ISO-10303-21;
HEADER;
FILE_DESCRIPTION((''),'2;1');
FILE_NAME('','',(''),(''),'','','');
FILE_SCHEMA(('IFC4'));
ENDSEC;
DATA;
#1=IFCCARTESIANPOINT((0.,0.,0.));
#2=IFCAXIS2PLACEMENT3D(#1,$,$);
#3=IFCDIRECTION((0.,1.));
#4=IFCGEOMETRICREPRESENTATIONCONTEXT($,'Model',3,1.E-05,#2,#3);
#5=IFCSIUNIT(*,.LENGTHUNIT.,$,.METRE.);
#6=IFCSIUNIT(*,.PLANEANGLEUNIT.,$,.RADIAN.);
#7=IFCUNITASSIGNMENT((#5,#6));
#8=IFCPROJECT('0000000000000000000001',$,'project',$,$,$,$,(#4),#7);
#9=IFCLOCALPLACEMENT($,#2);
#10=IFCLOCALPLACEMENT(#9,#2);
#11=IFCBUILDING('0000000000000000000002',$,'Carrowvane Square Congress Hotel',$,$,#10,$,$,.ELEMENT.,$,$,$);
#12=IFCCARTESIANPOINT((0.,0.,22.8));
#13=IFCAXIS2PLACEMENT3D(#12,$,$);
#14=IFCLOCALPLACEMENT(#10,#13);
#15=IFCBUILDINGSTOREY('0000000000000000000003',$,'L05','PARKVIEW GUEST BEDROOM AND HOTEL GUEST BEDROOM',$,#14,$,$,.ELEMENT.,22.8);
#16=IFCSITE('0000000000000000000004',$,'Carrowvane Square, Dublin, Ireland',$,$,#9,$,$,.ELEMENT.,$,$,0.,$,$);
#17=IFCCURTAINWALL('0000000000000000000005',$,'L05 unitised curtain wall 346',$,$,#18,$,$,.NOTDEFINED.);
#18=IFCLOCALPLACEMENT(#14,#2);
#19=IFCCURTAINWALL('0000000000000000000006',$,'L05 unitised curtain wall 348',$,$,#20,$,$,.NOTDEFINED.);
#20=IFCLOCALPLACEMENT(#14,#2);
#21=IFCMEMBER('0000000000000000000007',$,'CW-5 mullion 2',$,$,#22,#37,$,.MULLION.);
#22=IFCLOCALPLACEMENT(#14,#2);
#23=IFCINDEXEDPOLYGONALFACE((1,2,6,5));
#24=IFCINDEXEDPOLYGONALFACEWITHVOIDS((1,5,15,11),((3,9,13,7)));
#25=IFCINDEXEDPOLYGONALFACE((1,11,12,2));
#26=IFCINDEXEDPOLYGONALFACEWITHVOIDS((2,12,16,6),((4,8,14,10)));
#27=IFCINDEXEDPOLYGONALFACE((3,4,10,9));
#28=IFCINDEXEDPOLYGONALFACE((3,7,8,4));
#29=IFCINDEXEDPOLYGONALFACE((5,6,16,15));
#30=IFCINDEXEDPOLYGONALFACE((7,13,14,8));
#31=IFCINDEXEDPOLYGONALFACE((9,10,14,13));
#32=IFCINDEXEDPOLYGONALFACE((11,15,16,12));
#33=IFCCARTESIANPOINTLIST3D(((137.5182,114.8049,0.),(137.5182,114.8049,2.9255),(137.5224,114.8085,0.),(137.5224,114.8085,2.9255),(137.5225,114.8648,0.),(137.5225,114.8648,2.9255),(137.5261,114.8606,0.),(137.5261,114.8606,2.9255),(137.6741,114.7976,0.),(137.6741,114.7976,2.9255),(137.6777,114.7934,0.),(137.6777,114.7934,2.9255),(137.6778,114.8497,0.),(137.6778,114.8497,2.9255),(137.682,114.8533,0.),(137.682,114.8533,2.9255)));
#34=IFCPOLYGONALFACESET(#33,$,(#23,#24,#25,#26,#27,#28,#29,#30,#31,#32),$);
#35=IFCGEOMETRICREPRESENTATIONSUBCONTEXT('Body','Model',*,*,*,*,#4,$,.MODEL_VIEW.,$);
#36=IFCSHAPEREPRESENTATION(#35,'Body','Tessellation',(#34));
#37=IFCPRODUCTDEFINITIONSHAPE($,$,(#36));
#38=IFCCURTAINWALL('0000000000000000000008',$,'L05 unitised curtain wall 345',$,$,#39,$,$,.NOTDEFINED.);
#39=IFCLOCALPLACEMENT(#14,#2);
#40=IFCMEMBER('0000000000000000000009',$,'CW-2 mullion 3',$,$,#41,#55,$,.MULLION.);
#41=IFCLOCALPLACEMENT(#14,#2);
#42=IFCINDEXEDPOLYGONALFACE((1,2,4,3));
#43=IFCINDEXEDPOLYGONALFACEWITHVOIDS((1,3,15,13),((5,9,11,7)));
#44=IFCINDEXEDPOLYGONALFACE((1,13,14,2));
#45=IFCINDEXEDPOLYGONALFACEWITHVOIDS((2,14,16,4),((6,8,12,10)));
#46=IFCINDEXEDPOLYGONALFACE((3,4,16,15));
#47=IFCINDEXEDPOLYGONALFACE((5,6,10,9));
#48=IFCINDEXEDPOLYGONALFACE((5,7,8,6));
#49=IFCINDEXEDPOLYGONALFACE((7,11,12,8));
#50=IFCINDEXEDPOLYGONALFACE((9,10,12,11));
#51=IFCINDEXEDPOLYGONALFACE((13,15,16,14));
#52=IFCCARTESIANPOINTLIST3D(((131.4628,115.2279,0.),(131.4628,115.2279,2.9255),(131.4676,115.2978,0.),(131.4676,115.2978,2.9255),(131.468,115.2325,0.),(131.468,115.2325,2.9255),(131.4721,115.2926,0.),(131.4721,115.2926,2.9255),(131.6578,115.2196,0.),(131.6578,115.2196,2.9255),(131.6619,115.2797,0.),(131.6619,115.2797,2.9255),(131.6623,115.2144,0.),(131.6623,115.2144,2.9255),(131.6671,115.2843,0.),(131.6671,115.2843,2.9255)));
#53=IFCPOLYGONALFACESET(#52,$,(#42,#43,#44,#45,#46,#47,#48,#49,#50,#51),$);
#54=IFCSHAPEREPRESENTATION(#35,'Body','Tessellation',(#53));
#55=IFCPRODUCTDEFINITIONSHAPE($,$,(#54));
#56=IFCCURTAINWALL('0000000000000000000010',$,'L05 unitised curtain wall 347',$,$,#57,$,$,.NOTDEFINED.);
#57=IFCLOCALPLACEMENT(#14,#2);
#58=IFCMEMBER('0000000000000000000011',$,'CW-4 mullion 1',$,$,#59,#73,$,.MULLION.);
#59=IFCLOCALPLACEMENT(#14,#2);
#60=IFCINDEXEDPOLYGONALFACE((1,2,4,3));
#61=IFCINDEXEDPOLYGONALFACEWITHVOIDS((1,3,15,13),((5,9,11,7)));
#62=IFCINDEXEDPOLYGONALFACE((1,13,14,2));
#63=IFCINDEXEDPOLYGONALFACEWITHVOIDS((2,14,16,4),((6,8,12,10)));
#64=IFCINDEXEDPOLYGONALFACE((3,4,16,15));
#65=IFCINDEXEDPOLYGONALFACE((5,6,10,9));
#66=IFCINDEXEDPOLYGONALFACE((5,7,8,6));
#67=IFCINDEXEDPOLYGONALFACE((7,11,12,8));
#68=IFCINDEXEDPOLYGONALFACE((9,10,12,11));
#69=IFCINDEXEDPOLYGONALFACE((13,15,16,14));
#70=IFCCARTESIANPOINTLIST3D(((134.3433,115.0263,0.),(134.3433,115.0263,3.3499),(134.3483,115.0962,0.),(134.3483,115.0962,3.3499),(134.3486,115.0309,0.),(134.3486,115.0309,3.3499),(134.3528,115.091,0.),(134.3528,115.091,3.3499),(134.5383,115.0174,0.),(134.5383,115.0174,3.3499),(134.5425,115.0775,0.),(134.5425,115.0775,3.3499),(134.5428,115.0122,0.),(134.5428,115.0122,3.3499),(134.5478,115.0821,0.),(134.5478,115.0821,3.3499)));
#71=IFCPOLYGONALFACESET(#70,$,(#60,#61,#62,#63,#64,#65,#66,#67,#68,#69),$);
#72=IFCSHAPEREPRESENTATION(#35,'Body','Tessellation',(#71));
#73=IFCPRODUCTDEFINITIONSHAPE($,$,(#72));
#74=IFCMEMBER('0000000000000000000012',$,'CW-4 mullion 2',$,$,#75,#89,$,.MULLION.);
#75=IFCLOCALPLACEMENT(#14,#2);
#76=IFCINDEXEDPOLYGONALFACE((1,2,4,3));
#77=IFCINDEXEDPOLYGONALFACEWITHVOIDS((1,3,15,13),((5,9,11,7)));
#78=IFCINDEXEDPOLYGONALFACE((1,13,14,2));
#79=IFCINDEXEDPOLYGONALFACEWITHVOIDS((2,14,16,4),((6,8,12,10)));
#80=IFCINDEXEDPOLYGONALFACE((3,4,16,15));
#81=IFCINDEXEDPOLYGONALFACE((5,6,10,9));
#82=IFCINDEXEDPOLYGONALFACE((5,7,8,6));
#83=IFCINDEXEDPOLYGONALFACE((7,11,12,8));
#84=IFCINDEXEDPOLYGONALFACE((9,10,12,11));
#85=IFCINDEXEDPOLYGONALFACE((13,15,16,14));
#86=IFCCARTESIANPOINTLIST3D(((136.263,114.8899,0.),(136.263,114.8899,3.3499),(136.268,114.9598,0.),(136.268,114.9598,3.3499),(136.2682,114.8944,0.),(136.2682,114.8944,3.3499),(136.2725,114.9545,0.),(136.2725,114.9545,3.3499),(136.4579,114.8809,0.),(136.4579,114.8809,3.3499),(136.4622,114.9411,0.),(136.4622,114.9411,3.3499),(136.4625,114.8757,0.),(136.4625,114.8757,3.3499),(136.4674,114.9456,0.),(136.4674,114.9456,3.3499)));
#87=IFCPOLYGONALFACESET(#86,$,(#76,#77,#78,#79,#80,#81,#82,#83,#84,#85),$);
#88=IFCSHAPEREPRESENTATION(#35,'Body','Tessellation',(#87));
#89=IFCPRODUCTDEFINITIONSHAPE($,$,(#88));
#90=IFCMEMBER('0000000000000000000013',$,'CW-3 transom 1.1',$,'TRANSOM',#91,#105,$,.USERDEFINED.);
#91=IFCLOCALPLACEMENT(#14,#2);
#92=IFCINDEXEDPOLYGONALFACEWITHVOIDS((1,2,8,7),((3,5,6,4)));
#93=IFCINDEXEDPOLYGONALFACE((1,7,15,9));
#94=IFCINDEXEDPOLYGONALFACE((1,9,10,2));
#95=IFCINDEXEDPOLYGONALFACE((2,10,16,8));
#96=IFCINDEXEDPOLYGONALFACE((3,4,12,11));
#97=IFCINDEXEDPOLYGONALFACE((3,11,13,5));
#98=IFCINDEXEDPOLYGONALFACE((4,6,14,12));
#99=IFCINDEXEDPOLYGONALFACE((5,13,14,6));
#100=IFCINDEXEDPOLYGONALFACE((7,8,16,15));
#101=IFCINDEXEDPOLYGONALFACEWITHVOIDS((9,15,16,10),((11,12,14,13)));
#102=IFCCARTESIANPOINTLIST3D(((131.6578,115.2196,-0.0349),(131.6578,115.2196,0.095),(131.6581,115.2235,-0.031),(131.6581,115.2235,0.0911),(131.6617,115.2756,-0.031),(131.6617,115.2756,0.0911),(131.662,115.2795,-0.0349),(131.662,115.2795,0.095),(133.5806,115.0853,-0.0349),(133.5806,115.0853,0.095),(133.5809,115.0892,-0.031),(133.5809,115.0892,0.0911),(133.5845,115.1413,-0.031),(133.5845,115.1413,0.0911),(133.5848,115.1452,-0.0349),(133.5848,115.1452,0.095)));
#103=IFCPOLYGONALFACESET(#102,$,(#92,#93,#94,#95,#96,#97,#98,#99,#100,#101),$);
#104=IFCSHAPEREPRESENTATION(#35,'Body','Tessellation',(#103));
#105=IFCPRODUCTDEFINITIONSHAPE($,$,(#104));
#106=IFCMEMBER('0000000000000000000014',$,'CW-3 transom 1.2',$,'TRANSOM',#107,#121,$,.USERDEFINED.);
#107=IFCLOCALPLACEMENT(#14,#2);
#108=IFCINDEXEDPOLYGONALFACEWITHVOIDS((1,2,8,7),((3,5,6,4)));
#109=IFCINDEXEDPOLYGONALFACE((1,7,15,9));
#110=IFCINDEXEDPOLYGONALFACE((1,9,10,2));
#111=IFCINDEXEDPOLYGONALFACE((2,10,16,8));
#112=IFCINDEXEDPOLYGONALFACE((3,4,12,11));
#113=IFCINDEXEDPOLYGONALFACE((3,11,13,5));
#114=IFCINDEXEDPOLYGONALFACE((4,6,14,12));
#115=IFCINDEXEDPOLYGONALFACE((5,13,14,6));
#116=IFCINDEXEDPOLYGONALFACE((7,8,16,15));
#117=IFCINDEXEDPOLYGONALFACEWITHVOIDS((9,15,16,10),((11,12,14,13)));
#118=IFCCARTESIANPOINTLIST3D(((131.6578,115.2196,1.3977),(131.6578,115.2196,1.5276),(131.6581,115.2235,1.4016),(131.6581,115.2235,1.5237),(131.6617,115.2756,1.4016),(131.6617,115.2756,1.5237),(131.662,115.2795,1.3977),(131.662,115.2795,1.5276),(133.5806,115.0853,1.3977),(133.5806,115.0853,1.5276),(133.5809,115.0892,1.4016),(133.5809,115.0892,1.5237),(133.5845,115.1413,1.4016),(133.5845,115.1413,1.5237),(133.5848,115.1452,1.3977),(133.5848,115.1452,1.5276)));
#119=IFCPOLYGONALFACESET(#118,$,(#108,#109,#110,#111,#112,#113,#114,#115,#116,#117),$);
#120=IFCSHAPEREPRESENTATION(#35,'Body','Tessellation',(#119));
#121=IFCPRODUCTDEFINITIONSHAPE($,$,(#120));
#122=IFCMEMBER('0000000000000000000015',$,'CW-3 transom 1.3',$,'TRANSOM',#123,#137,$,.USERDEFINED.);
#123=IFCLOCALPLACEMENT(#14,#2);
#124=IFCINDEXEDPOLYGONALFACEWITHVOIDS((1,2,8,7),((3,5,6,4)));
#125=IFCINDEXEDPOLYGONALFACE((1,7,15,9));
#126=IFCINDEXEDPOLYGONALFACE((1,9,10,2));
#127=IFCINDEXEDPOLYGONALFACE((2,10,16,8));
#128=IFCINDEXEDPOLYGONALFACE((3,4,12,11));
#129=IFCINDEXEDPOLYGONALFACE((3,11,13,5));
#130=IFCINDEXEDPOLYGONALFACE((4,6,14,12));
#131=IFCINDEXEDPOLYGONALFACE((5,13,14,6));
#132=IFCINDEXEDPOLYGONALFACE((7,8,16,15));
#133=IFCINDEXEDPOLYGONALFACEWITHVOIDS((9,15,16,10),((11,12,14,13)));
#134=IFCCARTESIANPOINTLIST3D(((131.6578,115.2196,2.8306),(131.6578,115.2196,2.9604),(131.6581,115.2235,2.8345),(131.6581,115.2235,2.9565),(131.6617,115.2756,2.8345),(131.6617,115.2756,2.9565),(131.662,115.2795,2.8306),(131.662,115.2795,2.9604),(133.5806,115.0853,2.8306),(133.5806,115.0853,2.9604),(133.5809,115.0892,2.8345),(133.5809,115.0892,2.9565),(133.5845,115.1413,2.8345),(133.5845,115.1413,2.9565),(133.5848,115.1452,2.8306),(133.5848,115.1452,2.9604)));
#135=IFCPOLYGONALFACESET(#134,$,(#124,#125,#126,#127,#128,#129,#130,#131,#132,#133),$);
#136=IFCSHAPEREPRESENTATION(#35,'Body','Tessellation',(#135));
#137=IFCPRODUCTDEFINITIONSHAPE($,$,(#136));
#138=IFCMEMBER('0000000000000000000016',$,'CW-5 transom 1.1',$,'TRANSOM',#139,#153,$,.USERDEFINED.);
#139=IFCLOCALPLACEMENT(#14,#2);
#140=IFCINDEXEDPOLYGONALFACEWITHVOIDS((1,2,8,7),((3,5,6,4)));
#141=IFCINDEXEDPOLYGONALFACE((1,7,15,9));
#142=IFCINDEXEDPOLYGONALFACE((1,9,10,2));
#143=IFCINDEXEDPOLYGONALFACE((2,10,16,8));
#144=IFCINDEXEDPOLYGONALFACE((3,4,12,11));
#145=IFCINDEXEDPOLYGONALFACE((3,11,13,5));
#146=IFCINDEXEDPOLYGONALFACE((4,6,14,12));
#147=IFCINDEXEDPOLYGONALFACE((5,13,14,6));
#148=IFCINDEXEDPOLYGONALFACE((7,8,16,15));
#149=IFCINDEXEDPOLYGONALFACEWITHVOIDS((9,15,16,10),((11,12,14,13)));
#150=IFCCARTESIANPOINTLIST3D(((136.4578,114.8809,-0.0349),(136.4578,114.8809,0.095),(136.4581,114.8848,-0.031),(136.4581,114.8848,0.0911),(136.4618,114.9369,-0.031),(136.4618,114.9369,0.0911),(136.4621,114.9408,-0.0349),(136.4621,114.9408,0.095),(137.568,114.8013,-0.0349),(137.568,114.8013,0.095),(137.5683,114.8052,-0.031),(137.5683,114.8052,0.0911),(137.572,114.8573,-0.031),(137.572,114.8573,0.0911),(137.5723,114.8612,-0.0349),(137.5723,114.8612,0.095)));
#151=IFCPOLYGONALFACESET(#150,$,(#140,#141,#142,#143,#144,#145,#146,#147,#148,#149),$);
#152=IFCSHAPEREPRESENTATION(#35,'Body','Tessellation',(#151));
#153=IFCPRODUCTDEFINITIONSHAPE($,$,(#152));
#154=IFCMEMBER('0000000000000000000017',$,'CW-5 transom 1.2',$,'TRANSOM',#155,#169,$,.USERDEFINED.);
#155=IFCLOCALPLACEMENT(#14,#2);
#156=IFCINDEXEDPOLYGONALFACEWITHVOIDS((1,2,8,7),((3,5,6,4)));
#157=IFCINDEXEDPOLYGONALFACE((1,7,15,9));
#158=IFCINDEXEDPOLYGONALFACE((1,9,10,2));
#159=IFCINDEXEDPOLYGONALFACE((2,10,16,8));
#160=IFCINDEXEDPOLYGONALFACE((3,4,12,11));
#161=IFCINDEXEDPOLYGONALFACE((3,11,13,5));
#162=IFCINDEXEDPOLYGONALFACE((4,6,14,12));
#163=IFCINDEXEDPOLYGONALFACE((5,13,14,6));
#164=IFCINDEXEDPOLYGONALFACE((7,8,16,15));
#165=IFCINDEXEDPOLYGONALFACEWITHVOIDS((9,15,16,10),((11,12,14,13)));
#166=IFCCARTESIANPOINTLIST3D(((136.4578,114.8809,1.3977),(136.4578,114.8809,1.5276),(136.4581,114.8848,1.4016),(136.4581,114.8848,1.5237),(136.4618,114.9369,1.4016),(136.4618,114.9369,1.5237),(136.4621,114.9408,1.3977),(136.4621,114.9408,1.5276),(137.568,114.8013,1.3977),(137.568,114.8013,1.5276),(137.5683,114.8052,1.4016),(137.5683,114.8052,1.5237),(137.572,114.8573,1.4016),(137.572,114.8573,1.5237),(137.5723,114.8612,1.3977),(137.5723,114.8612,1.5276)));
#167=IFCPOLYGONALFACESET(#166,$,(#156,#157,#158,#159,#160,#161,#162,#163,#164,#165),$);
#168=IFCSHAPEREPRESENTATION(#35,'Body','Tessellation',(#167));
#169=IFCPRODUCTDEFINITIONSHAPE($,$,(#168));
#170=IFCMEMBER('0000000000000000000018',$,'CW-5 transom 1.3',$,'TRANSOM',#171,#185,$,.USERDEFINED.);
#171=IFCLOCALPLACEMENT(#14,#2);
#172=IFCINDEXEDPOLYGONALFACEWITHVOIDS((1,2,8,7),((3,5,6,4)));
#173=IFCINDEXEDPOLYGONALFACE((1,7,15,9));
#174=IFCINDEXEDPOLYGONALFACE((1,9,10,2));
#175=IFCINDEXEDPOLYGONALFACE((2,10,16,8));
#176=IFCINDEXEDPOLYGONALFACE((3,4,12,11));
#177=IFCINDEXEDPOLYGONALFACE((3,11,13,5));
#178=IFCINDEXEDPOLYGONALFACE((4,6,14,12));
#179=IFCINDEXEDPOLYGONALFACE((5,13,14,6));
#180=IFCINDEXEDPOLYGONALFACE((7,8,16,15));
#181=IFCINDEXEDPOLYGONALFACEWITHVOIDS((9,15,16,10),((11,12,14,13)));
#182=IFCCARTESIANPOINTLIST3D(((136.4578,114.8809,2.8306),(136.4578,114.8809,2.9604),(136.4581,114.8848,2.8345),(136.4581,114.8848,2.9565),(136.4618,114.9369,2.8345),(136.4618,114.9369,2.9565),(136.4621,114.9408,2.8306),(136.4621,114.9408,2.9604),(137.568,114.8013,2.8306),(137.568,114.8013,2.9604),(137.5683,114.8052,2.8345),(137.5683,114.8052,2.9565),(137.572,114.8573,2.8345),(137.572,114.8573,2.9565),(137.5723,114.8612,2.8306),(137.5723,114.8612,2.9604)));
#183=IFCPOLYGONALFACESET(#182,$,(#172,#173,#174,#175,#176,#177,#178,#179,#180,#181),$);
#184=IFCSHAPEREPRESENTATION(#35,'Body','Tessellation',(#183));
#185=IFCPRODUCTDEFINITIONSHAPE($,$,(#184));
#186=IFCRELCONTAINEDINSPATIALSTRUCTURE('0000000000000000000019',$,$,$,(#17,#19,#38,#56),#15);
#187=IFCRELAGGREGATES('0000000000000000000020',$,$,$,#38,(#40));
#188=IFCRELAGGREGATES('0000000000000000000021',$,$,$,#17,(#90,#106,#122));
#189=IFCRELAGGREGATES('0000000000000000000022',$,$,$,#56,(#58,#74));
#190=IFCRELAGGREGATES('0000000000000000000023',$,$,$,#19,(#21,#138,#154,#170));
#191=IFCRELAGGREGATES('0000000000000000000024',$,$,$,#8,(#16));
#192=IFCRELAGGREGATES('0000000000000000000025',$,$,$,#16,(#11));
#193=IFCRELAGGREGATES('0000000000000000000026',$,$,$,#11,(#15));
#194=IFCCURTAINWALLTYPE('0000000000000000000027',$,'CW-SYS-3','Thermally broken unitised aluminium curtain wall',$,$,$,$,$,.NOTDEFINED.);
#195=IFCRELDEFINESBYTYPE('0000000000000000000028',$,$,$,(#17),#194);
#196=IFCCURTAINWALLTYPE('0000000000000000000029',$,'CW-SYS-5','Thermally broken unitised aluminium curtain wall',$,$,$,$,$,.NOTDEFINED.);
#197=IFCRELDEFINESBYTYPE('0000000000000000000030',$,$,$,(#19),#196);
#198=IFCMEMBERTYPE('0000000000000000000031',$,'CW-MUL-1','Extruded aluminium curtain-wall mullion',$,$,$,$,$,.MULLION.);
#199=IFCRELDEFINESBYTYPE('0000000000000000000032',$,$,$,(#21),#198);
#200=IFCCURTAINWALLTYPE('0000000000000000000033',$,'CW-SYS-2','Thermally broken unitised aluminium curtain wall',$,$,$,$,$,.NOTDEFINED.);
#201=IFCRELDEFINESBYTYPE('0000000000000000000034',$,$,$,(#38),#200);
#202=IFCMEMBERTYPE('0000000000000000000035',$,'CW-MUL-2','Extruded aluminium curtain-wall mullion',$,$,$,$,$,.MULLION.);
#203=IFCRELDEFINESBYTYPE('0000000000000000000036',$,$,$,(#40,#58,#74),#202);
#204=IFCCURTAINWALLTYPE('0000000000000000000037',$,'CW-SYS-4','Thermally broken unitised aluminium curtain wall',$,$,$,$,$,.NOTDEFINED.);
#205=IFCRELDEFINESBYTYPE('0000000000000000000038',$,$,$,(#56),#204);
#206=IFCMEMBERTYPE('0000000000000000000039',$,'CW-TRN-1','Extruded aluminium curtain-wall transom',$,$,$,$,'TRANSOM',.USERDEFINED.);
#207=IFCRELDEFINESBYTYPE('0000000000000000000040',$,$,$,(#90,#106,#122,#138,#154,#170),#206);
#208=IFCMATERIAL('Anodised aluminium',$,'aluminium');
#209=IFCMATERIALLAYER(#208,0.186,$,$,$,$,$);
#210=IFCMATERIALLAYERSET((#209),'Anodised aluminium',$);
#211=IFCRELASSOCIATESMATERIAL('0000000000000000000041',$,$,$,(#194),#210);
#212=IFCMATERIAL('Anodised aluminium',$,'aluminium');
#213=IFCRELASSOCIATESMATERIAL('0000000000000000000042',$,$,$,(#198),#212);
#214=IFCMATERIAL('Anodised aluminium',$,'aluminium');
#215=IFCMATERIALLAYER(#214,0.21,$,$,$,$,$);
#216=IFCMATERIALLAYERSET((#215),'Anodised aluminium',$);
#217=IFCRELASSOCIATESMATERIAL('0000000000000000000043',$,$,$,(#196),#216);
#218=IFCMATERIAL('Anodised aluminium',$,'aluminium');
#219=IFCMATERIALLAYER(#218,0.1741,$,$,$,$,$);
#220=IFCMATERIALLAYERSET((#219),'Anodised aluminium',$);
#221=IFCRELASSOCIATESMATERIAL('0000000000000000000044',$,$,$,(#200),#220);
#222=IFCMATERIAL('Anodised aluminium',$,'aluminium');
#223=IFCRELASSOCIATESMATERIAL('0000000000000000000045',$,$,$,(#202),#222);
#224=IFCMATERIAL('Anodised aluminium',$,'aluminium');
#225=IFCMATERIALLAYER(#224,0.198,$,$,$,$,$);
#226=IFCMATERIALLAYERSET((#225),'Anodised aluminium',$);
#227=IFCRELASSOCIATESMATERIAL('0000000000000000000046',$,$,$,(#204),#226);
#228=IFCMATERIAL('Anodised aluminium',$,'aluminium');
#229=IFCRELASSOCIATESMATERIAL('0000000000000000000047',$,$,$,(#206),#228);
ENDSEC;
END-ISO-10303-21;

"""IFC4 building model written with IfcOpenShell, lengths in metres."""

from ifc_helpers import new_model, si_unit, direction, frame, origin, origin_2d, place, context, subcontext, project, spatial, hollow_rectangle, extrude, material, layer, layer_set, material_profile, profile_set, type_object, element, aggregate, save


model = new_model("IFC4")

# Units and contexts
model_context = context("Model", 3, precision=1e-05, world=origin(), true_north=direction((0.0, 1.0)))
body_context = subcontext(model_context, "Body", "Model", "MODEL_VIEW")
ifc_project = project(units=[si_unit("LENGTHUNIT", "METRE"), si_unit("PLANEANGLEUNIT", "RADIAN")], contexts=[model_context])

# Site, building, storey
site_placement = place(None, origin())
site = spatial("IfcSite", under=ifc_project, at=site_placement, Name="Carrowvane Square, Dublin, Ireland", CompositionType="ELEMENT", RefElevation=0.0)
building_placement = place(site_placement, origin())
building = spatial("IfcBuilding", under=site, at=building_placement, Name="Carrowvane Square Congress Hotel", CompositionType="ELEMENT")
storey_placement = place(building_placement, frame((0.0, 0.0, 22.8)))
storey = spatial("IfcBuildingStorey", under=building, at=storey_placement, Name="L05", Description="PARKVIEW GUEST BEDROOM AND HOTEL GUEST BEDROOM", CompositionType="ELEMENT", Elevation=22.8)

# Curtain walls, member
ifc_material_1 = material(Name="Anodised aluminium", Category="aluminium")
ifc_layer_1 = layer(ifc_material_1, 0.186)
ifc_layer_set_1 = layer_set([ifc_layer_1], Name="Anodised aluminium")
curtain_wall_type_1 = type_object("IfcCurtainWallType", Name="CW-SYS-3", Description="Thermally broken unitised aluminium curtain wall", PredefinedType="NOTDEFINED", material=ifc_layer_set_1)
curtain_wall_1_placement = place(storey_placement, origin())
curtain_wall_1 = element("IfcCurtainWall", 1, at=curtain_wall_1_placement, inside=storey, type_object=curtain_wall_type_1, Name="L05 unitised curtain wall 346", PredefinedType="NOTDEFINED")
ifc_material_2 = material(Name="Anodised aluminium", Category="aluminium")
ifc_material_profile_1 = material_profile(ifc_material_2, hollow_rectangle(XDim=0.0601, YDim=0.1599, WallThickness=0.0039, at=origin_2d()), Name="CW-ML 60x160x4")
ifc_profile_set_1 = profile_set([ifc_material_profile_1], Name="Anodised aluminium")
member_type_1 = type_object("IfcMemberType", Name="CW-MUL-1", Description="Extruded aluminium curtain-wall mullion", PredefinedType="MULLION", material=ifc_profile_set_1)
ifc_material_3 = material(Name="Anodised aluminium", Category="aluminium")
ifc_layer_2 = layer(ifc_material_3, 0.21)
ifc_layer_set_2 = layer_set([ifc_layer_2], Name="Anodised aluminium")
curtain_wall_type_2 = type_object("IfcCurtainWallType", Name="CW-SYS-5", Description="Thermally broken unitised aluminium curtain wall", PredefinedType="NOTDEFINED", material=ifc_layer_set_2)
curtain_wall_2_placement = place(storey_placement, origin())
curtain_wall_2 = element("IfcCurtainWall", 2, at=curtain_wall_2_placement, inside=storey, type_object=curtain_wall_type_2, Name="L05 unitised curtain wall 348", PredefinedType="NOTDEFINED")
member_1_placement = place(storey_placement, frame((137.6001, 114.8291, 0.0), z_axis=(0.0, 0.0, 1.0), x_axis=(0.071532, 0.997438, 0.0)))
member_1 = element("IfcMember", 3, at=member_1_placement, type_object=member_type_1, Name="CW-5 mullion 2", PredefinedType="MULLION", context=body_context, shape_type="SweptSolid", body=[
    extrude(hollow_rectangle(XDim=0.0601, YDim=0.1599, WallThickness=0.0039, at=origin_2d()), origin(), (0.0, 0.0, 1.0), 2.9255),
])

# Curtain wall, member
ifc_material_4 = material(Name="Anodised aluminium", Category="aluminium")
ifc_layer_3 = layer(ifc_material_4, 0.1741)
ifc_layer_set_3 = layer_set([ifc_layer_3], Name="Anodised aluminium")
curtain_wall_type_3 = type_object("IfcCurtainWallType", Name="CW-SYS-2", Description="Thermally broken unitised aluminium curtain wall", PredefinedType="NOTDEFINED", material=ifc_layer_set_3)
curtain_wall_3_placement = place(storey_placement, origin())
curtain_wall_3 = element("IfcCurtainWall", 4, at=curtain_wall_3_placement, inside=storey, type_object=curtain_wall_type_3, Name="L05 unitised curtain wall 345", PredefinedType="NOTDEFINED")
ifc_material_5 = material(Name="Anodised aluminium", Category="aluminium")
ifc_material_profile_2 = material_profile(ifc_material_5, hollow_rectangle(XDim=0.0701, YDim=0.2, WallThickness=0.0049, at=origin_2d()), Name="CW-ML 70x200x5")
ifc_profile_set_2 = profile_set([ifc_material_profile_2], Name="Anodised aluminium")
member_type_2 = type_object("IfcMemberType", Name="CW-MUL-2", Description="Extruded aluminium curtain-wall mullion", PredefinedType="MULLION", material=ifc_profile_set_2)
member_2_placement = place(storey_placement, frame((131.5649, 115.2561, 0.0), z_axis=(0.0, 0.0, 1.0), x_axis=(0.06787, 0.997694, 0.0)))
member_2 = element("IfcMember", 5, at=member_2_placement, type_object=member_type_2, Name="CW-2 mullion 3", PredefinedType="MULLION", context=body_context, shape_type="SweptSolid", body=[
    extrude(hollow_rectangle(XDim=0.0701, YDim=0.2, WallThickness=0.0049, at=origin_2d()), origin(), (0.0, 0.0, 1.0), 2.9255),
])

# Curtain wall, members
ifc_material_6 = material(Name="Anodised aluminium", Category="aluminium")
ifc_layer_4 = layer(ifc_material_6, 0.198)
ifc_layer_set_4 = layer_set([ifc_layer_4], Name="Anodised aluminium")
curtain_wall_type_4 = type_object("IfcCurtainWallType", Name="CW-SYS-4", Description="Thermally broken unitised aluminium curtain wall", PredefinedType="NOTDEFINED", material=ifc_layer_set_4)
curtain_wall_4_placement = place(storey_placement, origin())
curtain_wall_4 = element("IfcCurtainWall", 6, at=curtain_wall_4_placement, inside=storey, type_object=curtain_wall_type_4, Name="L05 unitised curtain wall 347", PredefinedType="NOTDEFINED")
member_3_placement = place(storey_placement, frame((134.4456, 115.0542, 0.0), z_axis=(0.0, 0.0, 1.0), x_axis=(0.07096, 0.997479, 0.0)))
member_3 = element("IfcMember", 7, at=member_3_placement, type_object=member_type_2, Name="CW-4 mullion 1", PredefinedType="MULLION", context=body_context, shape_type="SweptSolid", body=[
    extrude(hollow_rectangle(XDim=0.0701, YDim=0.2, WallThickness=0.0049, at=origin_2d()), origin(), (0.0, 0.0, 1.0), 3.3499),
])
member_4_placement = place(storey_placement, frame((136.3652, 114.9177, 0.0), z_axis=(0.0, 0.0, 1.0), x_axis=(0.07096, 0.997479, 0.0)))
member_4 = element("IfcMember", 8, at=member_4_placement, type_object=member_type_2, Name="CW-4 mullion 2", PredefinedType="MULLION", context=body_context, shape_type="SweptSolid", body=[
    extrude(hollow_rectangle(XDim=0.0701, YDim=0.2, WallThickness=0.0049, at=origin_2d()), origin(), (0.0, 0.0, 1.0), 3.3499),
])

# Members
ifc_material_7 = material(Name="Anodised aluminium", Category="aluminium")
ifc_material_profile_3 = material_profile(ifc_material_7, hollow_rectangle(XDim=0.0601, YDim=0.1299, WallThickness=0.0039, at=origin_2d()), Name="CW-TR 60x130x4")
ifc_profile_set_3 = profile_set([ifc_material_profile_3], Name="Anodised aluminium")
member_type_3 = type_object("IfcMemberType", Name="CW-TRN-1", Description="Extruded aluminium curtain-wall transom", ElementType="TRANSOM", PredefinedType="USERDEFINED", material=ifc_profile_set_3)
member_5_placement = place(storey_placement, frame((131.6599, 115.2495, 0.03), z_axis=(0.997571, -0.069663, 0.0), x_axis=(0.069663, 0.997571, 0.0)))
member_5 = element("IfcMember", 9, at=member_5_placement, type_object=member_type_3, Name="CW-3 transom 1.1", ObjectType="TRANSOM", PredefinedType="USERDEFINED", context=body_context, shape_type="SweptSolid", body=[
    extrude(hollow_rectangle(XDim=0.0601, YDim=0.1299, WallThickness=0.0039, at=origin_2d()), origin(), (0.0, 0.0, 1.0), 1.9275),
])
member_6_placement = place(storey_placement, frame((131.6599, 115.2495, 1.4626), z_axis=(0.997571, -0.069663, 0.0), x_axis=(0.069663, 0.997571, 0.0)))
member_6 = element("IfcMember", 10, at=member_6_placement, type_object=member_type_3, Name="CW-3 transom 1.2", ObjectType="TRANSOM", PredefinedType="USERDEFINED", context=body_context, shape_type="SweptSolid", body=[
    extrude(hollow_rectangle(XDim=0.0601, YDim=0.1299, WallThickness=0.0039, at=origin_2d()), origin(), (0.0, 0.0, 1.0), 1.9275),
])
member_7_placement = place(storey_placement, frame((131.6599, 115.2495, 2.8955), z_axis=(0.997571, -0.069663, 0.0), x_axis=(0.069663, 0.997571, 0.0)))
member_7 = element("IfcMember", 11, at=member_7_placement, type_object=member_type_3, Name="CW-3 transom 1.3", ObjectType="TRANSOM", PredefinedType="USERDEFINED", context=body_context, shape_type="SweptSolid", body=[
    extrude(hollow_rectangle(XDim=0.0601, YDim=0.1299, WallThickness=0.0039, at=origin_2d()), origin(), (0.0, 0.0, 1.0), 1.9275),
])
member_8_placement = place(storey_placement, frame((136.46, 114.9109, 0.03), z_axis=(0.99744, -0.071512, 0.0), x_axis=(0.071512, 0.99744, 0.0)))
member_8 = element("IfcMember", 12, at=member_8_placement, type_object=member_type_3, Name="CW-5 transom 1.1", ObjectType="TRANSOM", PredefinedType="USERDEFINED", context=body_context, shape_type="SweptSolid", body=[
    extrude(hollow_rectangle(XDim=0.0601, YDim=0.1299, WallThickness=0.0039, at=origin_2d()), origin(), (0.0, 0.0, 1.0), 1.113),
])
member_9_placement = place(storey_placement, frame((136.46, 114.9109, 1.4626), z_axis=(0.99744, -0.071512, 0.0), x_axis=(0.071512, 0.99744, 0.0)))
member_9 = element("IfcMember", 13, at=member_9_placement, type_object=member_type_3, Name="CW-5 transom 1.2", ObjectType="TRANSOM", PredefinedType="USERDEFINED", context=body_context, shape_type="SweptSolid", body=[
    extrude(hollow_rectangle(XDim=0.0601, YDim=0.1299, WallThickness=0.0039, at=origin_2d()), origin(), (0.0, 0.0, 1.0), 1.113),
])
member_10_placement = place(storey_placement, frame((136.46, 114.9109, 2.8955), z_axis=(0.99744, -0.071512, 0.0), x_axis=(0.071512, 0.99744, 0.0)))
member_10 = element("IfcMember", 14, at=member_10_placement, type_object=member_type_3, Name="CW-5 transom 1.3", ObjectType="TRANSOM", PredefinedType="USERDEFINED", context=body_context, shape_type="SweptSolid", body=[
    extrude(hollow_rectangle(XDim=0.0601, YDim=0.1299, WallThickness=0.0039, at=origin_2d()), origin(), (0.0, 0.0, 1.0), 1.113),
])

aggregate(curtain_wall_3, [member_2])
aggregate(curtain_wall_1, [member_5, member_6, member_7])
aggregate(curtain_wall_4, [member_3, member_4])
aggregate(curtain_wall_2, [member_1, member_8, member_9, member_10])

save(model, "model.ifc")
